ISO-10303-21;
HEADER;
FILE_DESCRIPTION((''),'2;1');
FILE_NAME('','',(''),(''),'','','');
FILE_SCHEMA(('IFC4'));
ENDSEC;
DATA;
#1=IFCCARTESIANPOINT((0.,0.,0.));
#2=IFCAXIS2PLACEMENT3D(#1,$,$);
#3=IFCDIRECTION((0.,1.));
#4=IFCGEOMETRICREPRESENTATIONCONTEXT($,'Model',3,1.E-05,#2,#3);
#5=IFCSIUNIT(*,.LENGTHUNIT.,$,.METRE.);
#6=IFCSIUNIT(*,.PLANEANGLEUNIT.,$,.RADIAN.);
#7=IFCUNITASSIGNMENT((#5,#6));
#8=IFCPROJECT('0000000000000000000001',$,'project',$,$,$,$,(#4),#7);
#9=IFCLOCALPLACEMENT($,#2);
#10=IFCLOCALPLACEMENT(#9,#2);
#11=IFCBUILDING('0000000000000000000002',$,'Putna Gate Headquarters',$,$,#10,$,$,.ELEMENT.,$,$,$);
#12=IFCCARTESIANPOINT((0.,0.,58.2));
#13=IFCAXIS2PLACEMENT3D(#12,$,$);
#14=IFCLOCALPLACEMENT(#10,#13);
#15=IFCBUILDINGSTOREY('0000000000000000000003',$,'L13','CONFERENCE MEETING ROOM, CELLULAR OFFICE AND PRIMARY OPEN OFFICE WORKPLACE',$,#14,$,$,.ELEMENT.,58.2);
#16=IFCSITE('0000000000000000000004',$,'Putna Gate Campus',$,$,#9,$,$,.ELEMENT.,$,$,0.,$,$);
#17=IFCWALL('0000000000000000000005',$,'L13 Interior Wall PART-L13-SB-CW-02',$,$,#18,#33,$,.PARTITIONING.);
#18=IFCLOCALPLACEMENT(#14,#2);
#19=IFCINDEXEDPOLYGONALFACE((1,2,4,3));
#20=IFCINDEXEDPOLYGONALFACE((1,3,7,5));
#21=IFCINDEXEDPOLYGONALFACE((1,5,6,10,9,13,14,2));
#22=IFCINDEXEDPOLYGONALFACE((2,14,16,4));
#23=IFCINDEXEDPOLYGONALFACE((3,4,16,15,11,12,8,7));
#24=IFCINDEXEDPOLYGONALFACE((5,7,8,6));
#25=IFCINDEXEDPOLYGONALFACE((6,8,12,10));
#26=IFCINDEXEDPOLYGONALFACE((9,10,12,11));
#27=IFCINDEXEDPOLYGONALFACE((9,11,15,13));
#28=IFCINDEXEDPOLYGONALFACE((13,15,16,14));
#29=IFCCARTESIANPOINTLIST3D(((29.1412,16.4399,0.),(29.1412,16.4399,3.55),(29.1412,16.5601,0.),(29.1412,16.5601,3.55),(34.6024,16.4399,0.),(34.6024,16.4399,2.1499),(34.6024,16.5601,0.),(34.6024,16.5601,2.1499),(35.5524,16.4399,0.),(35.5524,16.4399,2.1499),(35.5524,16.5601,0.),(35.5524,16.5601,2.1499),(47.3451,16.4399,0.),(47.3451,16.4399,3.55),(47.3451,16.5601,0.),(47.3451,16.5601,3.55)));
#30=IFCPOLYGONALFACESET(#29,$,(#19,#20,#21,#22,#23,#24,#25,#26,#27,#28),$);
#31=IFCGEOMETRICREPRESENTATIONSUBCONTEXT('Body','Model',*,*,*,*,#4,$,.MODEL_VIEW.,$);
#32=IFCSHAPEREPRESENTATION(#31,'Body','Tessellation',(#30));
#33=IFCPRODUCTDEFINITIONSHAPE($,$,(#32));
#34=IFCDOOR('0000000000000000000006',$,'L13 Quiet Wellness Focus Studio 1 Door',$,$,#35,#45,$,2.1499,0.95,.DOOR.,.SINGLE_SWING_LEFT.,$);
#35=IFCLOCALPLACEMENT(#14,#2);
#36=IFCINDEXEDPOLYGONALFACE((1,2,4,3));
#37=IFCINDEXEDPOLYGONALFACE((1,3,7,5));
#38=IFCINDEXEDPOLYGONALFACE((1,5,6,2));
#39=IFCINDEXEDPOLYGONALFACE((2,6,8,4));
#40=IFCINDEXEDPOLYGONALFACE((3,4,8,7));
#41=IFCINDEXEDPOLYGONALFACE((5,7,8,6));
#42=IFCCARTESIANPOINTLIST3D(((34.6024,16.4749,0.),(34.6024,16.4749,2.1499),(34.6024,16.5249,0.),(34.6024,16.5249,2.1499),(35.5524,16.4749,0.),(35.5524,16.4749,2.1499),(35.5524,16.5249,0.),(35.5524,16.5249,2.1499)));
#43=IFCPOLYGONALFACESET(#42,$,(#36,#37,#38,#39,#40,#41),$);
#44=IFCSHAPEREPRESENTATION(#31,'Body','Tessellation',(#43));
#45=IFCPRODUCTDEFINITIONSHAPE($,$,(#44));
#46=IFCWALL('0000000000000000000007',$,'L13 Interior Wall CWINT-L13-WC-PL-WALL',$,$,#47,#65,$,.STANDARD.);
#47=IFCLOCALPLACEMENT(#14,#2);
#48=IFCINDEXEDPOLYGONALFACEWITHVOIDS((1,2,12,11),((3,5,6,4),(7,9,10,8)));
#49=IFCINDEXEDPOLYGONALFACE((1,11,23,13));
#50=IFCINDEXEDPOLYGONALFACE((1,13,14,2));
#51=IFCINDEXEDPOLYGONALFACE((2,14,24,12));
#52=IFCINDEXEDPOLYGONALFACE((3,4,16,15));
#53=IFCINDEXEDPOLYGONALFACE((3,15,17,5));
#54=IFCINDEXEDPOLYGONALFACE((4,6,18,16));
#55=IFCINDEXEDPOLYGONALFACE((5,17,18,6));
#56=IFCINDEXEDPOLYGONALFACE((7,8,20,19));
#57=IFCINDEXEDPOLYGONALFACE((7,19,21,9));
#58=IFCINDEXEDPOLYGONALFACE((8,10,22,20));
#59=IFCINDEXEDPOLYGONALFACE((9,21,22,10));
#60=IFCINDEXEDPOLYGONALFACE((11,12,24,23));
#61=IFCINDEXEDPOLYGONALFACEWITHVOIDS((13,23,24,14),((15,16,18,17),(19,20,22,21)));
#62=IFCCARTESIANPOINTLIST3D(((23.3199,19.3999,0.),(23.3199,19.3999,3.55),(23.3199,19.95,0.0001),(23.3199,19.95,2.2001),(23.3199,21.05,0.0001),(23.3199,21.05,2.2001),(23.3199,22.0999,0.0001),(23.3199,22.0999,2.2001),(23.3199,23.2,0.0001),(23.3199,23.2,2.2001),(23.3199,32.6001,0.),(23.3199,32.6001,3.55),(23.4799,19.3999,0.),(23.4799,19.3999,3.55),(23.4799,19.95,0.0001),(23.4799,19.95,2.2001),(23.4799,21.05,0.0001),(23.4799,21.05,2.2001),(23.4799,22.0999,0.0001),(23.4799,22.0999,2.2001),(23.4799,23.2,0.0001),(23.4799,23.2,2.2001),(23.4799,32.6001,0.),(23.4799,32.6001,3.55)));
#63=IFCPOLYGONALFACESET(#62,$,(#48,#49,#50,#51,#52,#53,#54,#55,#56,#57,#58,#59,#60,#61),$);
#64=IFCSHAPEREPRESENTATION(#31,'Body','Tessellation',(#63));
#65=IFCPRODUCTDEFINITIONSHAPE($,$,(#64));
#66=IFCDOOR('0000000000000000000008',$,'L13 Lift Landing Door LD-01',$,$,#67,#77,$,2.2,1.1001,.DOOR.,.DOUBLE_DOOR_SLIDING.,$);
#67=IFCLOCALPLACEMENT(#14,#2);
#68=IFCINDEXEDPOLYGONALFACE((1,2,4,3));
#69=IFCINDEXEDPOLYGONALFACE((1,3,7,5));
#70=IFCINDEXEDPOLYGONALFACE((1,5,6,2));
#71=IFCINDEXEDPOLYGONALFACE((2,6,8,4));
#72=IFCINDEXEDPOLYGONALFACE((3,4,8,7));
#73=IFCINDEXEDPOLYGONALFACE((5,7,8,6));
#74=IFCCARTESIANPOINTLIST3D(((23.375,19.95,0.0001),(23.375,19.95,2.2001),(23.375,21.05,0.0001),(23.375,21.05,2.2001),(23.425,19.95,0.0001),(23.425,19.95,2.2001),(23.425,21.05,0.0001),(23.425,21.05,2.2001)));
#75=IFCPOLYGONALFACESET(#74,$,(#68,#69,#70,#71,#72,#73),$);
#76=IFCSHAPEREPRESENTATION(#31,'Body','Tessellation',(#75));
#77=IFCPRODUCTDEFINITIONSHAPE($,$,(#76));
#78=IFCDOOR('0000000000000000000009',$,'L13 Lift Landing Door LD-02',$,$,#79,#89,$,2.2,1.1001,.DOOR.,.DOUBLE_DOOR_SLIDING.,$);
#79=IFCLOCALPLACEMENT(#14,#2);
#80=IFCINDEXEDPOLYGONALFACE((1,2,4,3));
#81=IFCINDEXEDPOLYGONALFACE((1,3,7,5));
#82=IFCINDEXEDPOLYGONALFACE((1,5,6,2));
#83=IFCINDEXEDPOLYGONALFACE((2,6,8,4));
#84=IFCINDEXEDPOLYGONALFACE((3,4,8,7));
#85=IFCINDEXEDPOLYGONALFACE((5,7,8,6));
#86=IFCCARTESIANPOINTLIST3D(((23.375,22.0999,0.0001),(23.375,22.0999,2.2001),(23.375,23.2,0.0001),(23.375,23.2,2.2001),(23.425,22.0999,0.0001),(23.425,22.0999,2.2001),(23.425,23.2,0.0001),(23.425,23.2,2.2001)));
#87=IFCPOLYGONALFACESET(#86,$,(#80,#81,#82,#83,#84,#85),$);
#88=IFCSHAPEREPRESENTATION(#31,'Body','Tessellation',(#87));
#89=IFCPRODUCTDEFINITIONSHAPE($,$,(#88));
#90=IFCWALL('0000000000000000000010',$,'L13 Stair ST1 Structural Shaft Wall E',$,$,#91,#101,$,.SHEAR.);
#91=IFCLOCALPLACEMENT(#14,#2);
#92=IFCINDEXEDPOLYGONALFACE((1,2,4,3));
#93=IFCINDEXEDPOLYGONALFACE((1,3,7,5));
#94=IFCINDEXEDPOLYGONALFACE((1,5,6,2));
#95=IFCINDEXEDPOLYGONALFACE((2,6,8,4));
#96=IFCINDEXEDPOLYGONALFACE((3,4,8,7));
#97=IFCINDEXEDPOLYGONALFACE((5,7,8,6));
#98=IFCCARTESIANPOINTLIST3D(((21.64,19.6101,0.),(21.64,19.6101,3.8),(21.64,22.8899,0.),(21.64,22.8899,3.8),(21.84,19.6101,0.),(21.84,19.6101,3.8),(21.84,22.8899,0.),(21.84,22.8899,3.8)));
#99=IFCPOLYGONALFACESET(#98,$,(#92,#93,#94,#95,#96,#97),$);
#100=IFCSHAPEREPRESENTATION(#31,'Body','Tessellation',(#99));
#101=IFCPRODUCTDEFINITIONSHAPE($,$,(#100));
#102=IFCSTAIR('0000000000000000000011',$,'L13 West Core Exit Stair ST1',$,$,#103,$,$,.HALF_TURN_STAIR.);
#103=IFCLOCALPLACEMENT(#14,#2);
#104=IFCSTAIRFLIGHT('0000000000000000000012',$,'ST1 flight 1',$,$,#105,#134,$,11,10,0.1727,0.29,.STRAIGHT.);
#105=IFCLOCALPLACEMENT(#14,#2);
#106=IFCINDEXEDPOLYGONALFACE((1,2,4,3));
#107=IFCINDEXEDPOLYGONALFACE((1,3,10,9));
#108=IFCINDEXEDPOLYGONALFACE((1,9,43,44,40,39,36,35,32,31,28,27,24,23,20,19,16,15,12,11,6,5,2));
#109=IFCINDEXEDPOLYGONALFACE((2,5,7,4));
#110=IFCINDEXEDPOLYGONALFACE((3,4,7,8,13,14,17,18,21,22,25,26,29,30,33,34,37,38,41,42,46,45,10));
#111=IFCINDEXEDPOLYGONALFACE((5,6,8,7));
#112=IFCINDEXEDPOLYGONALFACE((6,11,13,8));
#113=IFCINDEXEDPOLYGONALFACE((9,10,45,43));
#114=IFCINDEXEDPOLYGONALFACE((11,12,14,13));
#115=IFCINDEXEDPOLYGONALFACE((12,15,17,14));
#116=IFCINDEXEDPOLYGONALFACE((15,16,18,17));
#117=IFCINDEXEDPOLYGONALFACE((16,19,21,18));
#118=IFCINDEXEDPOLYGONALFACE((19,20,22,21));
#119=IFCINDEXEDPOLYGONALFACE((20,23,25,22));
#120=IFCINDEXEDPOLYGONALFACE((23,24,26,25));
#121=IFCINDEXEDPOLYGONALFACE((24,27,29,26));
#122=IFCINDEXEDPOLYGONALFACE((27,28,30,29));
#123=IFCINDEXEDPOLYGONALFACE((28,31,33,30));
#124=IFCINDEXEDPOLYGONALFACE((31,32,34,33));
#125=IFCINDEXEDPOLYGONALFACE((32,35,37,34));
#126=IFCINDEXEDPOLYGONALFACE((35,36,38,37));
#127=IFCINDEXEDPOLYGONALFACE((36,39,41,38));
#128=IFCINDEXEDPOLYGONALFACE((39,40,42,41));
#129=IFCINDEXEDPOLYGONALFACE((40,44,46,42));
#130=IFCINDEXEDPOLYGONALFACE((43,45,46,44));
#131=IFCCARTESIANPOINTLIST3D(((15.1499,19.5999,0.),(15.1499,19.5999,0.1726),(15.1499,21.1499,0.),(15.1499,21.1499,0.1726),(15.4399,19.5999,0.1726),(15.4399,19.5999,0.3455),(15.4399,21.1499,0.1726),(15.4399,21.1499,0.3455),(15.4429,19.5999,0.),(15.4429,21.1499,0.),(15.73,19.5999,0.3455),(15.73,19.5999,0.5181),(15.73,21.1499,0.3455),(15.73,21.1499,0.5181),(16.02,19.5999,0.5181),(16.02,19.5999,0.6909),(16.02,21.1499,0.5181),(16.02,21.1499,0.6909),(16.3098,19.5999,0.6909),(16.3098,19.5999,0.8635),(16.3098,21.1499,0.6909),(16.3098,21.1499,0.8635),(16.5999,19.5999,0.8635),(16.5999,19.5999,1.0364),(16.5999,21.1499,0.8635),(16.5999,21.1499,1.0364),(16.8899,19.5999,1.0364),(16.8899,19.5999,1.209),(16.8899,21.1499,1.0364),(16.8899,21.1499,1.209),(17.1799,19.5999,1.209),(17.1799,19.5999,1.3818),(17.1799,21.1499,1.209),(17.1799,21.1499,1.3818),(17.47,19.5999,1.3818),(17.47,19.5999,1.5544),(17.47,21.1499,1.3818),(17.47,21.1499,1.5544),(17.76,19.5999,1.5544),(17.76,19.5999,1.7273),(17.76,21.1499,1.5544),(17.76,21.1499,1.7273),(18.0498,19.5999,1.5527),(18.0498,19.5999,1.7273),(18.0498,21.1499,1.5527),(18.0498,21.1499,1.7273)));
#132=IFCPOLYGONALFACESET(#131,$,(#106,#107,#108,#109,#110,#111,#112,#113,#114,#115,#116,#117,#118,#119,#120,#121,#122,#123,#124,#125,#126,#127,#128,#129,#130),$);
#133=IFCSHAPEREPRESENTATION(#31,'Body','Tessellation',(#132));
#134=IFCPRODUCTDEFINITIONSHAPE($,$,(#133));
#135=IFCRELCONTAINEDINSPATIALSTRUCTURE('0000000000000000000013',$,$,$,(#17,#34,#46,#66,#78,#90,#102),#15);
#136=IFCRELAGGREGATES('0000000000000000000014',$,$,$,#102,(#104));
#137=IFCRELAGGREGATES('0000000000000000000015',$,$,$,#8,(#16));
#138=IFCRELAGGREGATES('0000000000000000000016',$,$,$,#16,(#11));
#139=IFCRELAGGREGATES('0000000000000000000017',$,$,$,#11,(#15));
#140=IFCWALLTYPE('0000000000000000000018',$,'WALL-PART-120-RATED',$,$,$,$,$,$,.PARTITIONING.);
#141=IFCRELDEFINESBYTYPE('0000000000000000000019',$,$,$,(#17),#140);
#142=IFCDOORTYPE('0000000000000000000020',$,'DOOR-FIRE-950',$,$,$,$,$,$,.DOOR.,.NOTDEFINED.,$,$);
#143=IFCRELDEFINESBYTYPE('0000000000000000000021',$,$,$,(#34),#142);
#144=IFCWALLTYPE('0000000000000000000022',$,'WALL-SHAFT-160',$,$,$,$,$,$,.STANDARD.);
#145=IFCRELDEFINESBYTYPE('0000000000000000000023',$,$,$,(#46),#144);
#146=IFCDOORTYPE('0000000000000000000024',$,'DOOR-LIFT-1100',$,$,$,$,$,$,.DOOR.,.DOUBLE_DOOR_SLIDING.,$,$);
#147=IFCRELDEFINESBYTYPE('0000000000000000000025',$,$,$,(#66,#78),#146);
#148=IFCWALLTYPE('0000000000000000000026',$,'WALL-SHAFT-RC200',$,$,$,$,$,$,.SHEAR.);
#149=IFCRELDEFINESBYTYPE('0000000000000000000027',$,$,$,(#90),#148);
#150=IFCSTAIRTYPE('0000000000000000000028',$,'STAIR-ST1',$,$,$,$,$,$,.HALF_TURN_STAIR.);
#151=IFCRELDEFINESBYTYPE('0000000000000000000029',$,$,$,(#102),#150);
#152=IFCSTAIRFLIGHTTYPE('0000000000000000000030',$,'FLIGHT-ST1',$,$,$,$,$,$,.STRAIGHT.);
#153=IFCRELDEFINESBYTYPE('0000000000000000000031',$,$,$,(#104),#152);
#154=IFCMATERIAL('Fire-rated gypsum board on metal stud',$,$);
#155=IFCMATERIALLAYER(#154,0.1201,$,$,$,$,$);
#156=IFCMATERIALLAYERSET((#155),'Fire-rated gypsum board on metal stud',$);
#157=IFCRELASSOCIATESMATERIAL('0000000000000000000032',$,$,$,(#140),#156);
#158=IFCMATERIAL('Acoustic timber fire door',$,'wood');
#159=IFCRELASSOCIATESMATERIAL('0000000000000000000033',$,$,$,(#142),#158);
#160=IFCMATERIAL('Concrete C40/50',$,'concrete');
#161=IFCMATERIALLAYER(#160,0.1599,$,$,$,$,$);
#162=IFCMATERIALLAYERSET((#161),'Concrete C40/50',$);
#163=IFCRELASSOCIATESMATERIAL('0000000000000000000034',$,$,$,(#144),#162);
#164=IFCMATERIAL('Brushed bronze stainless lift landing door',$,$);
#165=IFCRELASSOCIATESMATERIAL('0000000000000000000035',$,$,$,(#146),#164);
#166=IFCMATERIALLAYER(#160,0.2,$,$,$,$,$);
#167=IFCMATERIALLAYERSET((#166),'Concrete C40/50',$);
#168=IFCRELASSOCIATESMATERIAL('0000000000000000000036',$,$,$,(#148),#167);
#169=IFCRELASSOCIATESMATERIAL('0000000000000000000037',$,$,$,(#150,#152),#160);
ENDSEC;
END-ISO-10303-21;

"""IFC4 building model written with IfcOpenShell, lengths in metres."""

from ifc_helpers import new_model, si_unit, direction, frame, frame_2d, origin, place, context, subcontext, project, spatial, polyline, rectangle, outline, extrude, material, layer, layer_set, type_object, element, fill, aggregate, save


model = new_model("IFC4")

# Units and contexts
model_context = context("Model", 3, precision=1e-05, world=origin(), true_north=direction((0.0, 1.0)))
body_context = subcontext(model_context, "Body", "Model", "MODEL_VIEW")
ifc_project = project(units=[si_unit("LENGTHUNIT", "METRE"), si_unit("PLANEANGLEUNIT", "RADIAN")], contexts=[model_context])

# Site, building, storey
site_placement = place(None, origin())
site = spatial("IfcSite", under=ifc_project, at=site_placement, Name="Putna Gate Campus", CompositionType="ELEMENT", RefElevation=0.0)
building_placement = place(site_placement, origin())
building = spatial("IfcBuilding", under=site, at=building_placement, Name="Putna Gate Headquarters", CompositionType="ELEMENT")
storey_placement = place(building_placement, frame((0.0, 0.0, 58.2)))
storey = spatial("IfcBuildingStorey", under=building, at=storey_placement, Name="L13", Description="CONFERENCE MEETING ROOM, CELLULAR OFFICE AND PRIMARY OPEN OFFICE WORKPLACE", CompositionType="ELEMENT", Elevation=58.2)

# Wall, opening, door
ifc_material_1 = material(Name="Fire-rated gypsum board on metal stud")
ifc_layer_1 = layer(ifc_material_1, 0.1201)
ifc_layer_set_1 = layer_set([ifc_layer_1], Name="Fire-rated gypsum board on metal stud")
wall_type_1 = type_object("IfcWallType", Name="WALL-PART-120-RATED", PredefinedType="PARTITIONING", material=ifc_layer_set_1)
wall_1_placement = place(storey_placement, frame((29.1411, 16.5, 0.0), z_axis=(0.0, 0.0, 1.0), x_axis=(1.0, 0.0, 0.0)))
wall_1 = element("IfcWall", 1, at=wall_1_placement, inside=storey, type_object=wall_type_1, Name="L13 Interior Wall PART-L13-SB-CW-02", PredefinedType="PARTITIONING", context=body_context, shape_type="SweptSolid", body=[
    extrude(rectangle(XDim=18.2039, YDim=0.1201, at=frame_2d((9.1021, 0.0))), origin(), (0.0, 0.0, 1.0), 3.55),
])
opening_1_placement = place(wall_1_placement, frame((5.4612, 0.0, 0.0)))
opening_1 = element("IfcOpeningElement", 2, at=opening_1_placement, cuts=wall_1, PredefinedType="OPENING", context=body_context, shape_type="SweptSolid", body=[
    extrude(rectangle(XDim=0.95, YDim=2.1499, at=frame_2d((0.4751, 1.075))), frame((0.0, 0.0701, 0.0), z_axis=(0.0, -1.0, 0.0), x_axis=(1.0, 0.0, 0.0)), (0.0, 0.0, 1.0), 0.1401),
])
ifc_material_2 = material(Name="Acoustic timber fire door", Category="wood")
door_type_1 = type_object("IfcDoorType", Name="DOOR-FIRE-950", OperationType="NOTDEFINED", PredefinedType="DOOR", material=ifc_material_2)
door_1_placement = place(opening_1_placement, origin())
door_1 = element("IfcDoor", 3, at=door_1_placement, inside=storey, type_object=door_type_1, Name="L13 Quiet Wellness Focus Studio 1 Door", OperationType="SINGLE_SWING_LEFT", OverallHeight=2.1499, OverallWidth=0.95, PredefinedType="DOOR", context=body_context, shape_type="SweptSolid", body=[
    extrude(rectangle(XDim=0.95, YDim=2.1499, at=frame_2d((0.4751, 1.075))), frame((0.0, 0.0249, 0.0), z_axis=(0.0, -1.0, 0.0), x_axis=(1.0, 0.0, 0.0)), (0.0, 0.0, 1.0), 0.05),
])
fill(opening_1, door_1)

# Wall, openings, doors
ifc_material_3 = material(Name="Concrete C40/50", Category="concrete")
ifc_layer_2 = layer(ifc_material_3, 0.1599)
ifc_layer_set_2 = layer_set([ifc_layer_2], Name="Concrete C40/50")
wall_type_2 = type_object("IfcWallType", Name="WALL-SHAFT-160", PredefinedType="STANDARD", material=ifc_layer_set_2)
wall_2_placement = place(storey_placement, frame((23.3999, 19.3999, 0.0), z_axis=(0.0, 0.0, 1.0), x_axis=(0.0, 1.0, 0.0)))
wall_2 = element("IfcWall", 4, at=wall_2_placement, inside=storey, type_object=wall_type_2, Name="L13 Interior Wall CWINT-L13-WC-PL-WALL", PredefinedType="STANDARD", context=body_context, shape_type="SweptSolid", body=[
    extrude(rectangle(XDim=13.2002, YDim=0.1599, at=frame_2d((6.6001, 0.0))), origin(), (0.0, 0.0, 1.0), 3.55),
])
opening_2_placement = place(wall_2_placement, frame((0.55, 0.0, 0.0)))
opening_2 = element("IfcOpeningElement", 5, at=opening_2_placement, cuts=wall_2, PredefinedType="OPENING", context=body_context, shape_type="SweptSolid", body=[
    extrude(rectangle(XDim=1.1001, YDim=2.2, at=frame_2d((0.55, 1.1001))), frame((0.0, 0.0898, 0.0), z_axis=(0.0, -1.0, 0.0), x_axis=(1.0, 0.0, 0.0)), (0.0, 0.0, 1.0), 0.1799),
])
opening_3_placement = place(wall_2_placement, frame((2.7, 0.0, 0.0)))
opening_3 = element("IfcOpeningElement", 6, at=opening_3_placement, cuts=wall_2, PredefinedType="OPENING", context=body_context, shape_type="SweptSolid", body=[
    extrude(rectangle(XDim=1.1001, YDim=2.2, at=frame_2d((0.55, 1.1001))), frame((0.0, 0.0898, 0.0), z_axis=(0.0, -1.0, 0.0), x_axis=(1.0, 0.0, 0.0)), (0.0, 0.0, 1.0), 0.1799),
])
ifc_material_4 = material(Name="Brushed bronze stainless lift landing door")
door_type_2 = type_object("IfcDoorType", Name="DOOR-LIFT-1100", OperationType="DOUBLE_DOOR_SLIDING", PredefinedType="DOOR", material=ifc_material_4)
door_2_placement = place(opening_2_placement, origin())
door_2 = element("IfcDoor", 7, at=door_2_placement, inside=storey, type_object=door_type_2, Name="L13 Lift Landing Door LD-01", OperationType="DOUBLE_DOOR_SLIDING", OverallHeight=2.2, OverallWidth=1.1001, PredefinedType="DOOR", context=body_context, shape_type="SweptSolid", body=[
    extrude(rectangle(XDim=1.1001, YDim=2.2, at=frame_2d((0.55, 1.1001))), frame((0.0, 0.0249, 0.0), z_axis=(0.0, -1.0, 0.0), x_axis=(1.0, 0.0, 0.0)), (0.0, 0.0, 1.0), 0.05),
])
fill(opening_2, door_2)
door_3_placement = place(opening_3_placement, origin())
door_3 = element("IfcDoor", 8, at=door_3_placement, inside=storey, type_object=door_type_2, Name="L13 Lift Landing Door LD-02", OperationType="DOUBLE_DOOR_SLIDING", OverallHeight=2.2, OverallWidth=1.1001, PredefinedType="DOOR", context=body_context, shape_type="SweptSolid", body=[
    extrude(rectangle(XDim=1.1001, YDim=2.2, at=frame_2d((0.55, 1.1001))), frame((0.0, 0.0249, 0.0), z_axis=(0.0, -1.0, 0.0), x_axis=(1.0, 0.0, 0.0)), (0.0, 0.0, 1.0), 0.05),
])
fill(opening_3, door_3)

# Wall
ifc_layer_3 = layer(ifc_material_3, 0.2)
ifc_layer_set_3 = layer_set([ifc_layer_3], Name="Concrete C40/50")
wall_type_3 = type_object("IfcWallType", Name="WALL-SHAFT-RC200", PredefinedType="SHEAR", material=ifc_layer_set_3)
wall_3_placement = place(storey_placement, frame((21.74, 19.6101, 0.0), z_axis=(0.0, 0.0, 1.0), x_axis=(0.0, 1.0, 0.0)))
element("IfcWall", 9, at=wall_3_placement, inside=storey, type_object=wall_type_3, Name="L13 Stair ST1 Structural Shaft Wall E", PredefinedType="SHEAR", context=body_context, shape_type="SweptSolid", body=[
    extrude(rectangle(XDim=3.2798, YDim=0.2, at=frame_2d((1.6399, 0.0))), origin(), (0.0, 0.0, 1.0), 3.8),
])

# Stair, stair flight
stair_type = type_object("IfcStairType", Name="STAIR-ST1", PredefinedType="HALF_TURN_STAIR", material=ifc_material_3)
stair_placement = place(storey_placement, origin())
stair = element("IfcStair", 10, at=stair_placement, inside=storey, type_object=stair_type, Name="L13 West Core Exit Stair ST1", PredefinedType="HALF_TURN_STAIR")
stair_flight_type = type_object("IfcStairFlightType", Name="FLIGHT-ST1", PredefinedType="STRAIGHT", material=ifc_material_3)
stair_flight_placement = place(storey_placement, frame((15.1499, 20.375, 0.0), z_axis=(0.0, 0.0, 1.0), x_axis=(1.0, 0.0, 0.0)))
stair_flight = element("IfcStairFlight", 11, at=stair_flight_placement, type_object=stair_flight_type, Name="ST1 flight 1", NumberOfRisers=11, NumberOfTreads=10, PredefinedType="STRAIGHT", RiserHeight=0.1727, TreadLength=0.29, context=body_context, shape_type="SweptSolid", body=[
    extrude(outline(polyline([(0.0, 0.0), (0.0, 0.1726), (0.29, 0.1726), (0.29, 0.3455), (0.5801, 0.3455), (0.5801, 0.5181), (0.8701, 0.5181), (0.8701, 0.6909), (1.1599, 0.6909), (1.1599, 0.8635), (1.45, 0.8635), (1.45, 1.0364), (1.74, 1.0364), (1.74, 1.209), (2.03, 1.209), (2.03, 1.3818), (2.3201, 1.3818), (2.3201, 1.5544), (2.6101, 1.5544), (2.6101, 1.7273), (2.8999, 1.7273), (2.8999, 1.8999), (2.8999, 1.5527), (0.293, 0.0), (0.0, 0.0)])), frame((0.0, 0.7749, 0.0), z_axis=(0.0, -1.0, 0.0), x_axis=(1.0, 0.0, 0.0)), (0.0, 0.0, 1.0), 1.55),
])
aggregate(stair, [stair_flight])

save(model, "model.ifc")
